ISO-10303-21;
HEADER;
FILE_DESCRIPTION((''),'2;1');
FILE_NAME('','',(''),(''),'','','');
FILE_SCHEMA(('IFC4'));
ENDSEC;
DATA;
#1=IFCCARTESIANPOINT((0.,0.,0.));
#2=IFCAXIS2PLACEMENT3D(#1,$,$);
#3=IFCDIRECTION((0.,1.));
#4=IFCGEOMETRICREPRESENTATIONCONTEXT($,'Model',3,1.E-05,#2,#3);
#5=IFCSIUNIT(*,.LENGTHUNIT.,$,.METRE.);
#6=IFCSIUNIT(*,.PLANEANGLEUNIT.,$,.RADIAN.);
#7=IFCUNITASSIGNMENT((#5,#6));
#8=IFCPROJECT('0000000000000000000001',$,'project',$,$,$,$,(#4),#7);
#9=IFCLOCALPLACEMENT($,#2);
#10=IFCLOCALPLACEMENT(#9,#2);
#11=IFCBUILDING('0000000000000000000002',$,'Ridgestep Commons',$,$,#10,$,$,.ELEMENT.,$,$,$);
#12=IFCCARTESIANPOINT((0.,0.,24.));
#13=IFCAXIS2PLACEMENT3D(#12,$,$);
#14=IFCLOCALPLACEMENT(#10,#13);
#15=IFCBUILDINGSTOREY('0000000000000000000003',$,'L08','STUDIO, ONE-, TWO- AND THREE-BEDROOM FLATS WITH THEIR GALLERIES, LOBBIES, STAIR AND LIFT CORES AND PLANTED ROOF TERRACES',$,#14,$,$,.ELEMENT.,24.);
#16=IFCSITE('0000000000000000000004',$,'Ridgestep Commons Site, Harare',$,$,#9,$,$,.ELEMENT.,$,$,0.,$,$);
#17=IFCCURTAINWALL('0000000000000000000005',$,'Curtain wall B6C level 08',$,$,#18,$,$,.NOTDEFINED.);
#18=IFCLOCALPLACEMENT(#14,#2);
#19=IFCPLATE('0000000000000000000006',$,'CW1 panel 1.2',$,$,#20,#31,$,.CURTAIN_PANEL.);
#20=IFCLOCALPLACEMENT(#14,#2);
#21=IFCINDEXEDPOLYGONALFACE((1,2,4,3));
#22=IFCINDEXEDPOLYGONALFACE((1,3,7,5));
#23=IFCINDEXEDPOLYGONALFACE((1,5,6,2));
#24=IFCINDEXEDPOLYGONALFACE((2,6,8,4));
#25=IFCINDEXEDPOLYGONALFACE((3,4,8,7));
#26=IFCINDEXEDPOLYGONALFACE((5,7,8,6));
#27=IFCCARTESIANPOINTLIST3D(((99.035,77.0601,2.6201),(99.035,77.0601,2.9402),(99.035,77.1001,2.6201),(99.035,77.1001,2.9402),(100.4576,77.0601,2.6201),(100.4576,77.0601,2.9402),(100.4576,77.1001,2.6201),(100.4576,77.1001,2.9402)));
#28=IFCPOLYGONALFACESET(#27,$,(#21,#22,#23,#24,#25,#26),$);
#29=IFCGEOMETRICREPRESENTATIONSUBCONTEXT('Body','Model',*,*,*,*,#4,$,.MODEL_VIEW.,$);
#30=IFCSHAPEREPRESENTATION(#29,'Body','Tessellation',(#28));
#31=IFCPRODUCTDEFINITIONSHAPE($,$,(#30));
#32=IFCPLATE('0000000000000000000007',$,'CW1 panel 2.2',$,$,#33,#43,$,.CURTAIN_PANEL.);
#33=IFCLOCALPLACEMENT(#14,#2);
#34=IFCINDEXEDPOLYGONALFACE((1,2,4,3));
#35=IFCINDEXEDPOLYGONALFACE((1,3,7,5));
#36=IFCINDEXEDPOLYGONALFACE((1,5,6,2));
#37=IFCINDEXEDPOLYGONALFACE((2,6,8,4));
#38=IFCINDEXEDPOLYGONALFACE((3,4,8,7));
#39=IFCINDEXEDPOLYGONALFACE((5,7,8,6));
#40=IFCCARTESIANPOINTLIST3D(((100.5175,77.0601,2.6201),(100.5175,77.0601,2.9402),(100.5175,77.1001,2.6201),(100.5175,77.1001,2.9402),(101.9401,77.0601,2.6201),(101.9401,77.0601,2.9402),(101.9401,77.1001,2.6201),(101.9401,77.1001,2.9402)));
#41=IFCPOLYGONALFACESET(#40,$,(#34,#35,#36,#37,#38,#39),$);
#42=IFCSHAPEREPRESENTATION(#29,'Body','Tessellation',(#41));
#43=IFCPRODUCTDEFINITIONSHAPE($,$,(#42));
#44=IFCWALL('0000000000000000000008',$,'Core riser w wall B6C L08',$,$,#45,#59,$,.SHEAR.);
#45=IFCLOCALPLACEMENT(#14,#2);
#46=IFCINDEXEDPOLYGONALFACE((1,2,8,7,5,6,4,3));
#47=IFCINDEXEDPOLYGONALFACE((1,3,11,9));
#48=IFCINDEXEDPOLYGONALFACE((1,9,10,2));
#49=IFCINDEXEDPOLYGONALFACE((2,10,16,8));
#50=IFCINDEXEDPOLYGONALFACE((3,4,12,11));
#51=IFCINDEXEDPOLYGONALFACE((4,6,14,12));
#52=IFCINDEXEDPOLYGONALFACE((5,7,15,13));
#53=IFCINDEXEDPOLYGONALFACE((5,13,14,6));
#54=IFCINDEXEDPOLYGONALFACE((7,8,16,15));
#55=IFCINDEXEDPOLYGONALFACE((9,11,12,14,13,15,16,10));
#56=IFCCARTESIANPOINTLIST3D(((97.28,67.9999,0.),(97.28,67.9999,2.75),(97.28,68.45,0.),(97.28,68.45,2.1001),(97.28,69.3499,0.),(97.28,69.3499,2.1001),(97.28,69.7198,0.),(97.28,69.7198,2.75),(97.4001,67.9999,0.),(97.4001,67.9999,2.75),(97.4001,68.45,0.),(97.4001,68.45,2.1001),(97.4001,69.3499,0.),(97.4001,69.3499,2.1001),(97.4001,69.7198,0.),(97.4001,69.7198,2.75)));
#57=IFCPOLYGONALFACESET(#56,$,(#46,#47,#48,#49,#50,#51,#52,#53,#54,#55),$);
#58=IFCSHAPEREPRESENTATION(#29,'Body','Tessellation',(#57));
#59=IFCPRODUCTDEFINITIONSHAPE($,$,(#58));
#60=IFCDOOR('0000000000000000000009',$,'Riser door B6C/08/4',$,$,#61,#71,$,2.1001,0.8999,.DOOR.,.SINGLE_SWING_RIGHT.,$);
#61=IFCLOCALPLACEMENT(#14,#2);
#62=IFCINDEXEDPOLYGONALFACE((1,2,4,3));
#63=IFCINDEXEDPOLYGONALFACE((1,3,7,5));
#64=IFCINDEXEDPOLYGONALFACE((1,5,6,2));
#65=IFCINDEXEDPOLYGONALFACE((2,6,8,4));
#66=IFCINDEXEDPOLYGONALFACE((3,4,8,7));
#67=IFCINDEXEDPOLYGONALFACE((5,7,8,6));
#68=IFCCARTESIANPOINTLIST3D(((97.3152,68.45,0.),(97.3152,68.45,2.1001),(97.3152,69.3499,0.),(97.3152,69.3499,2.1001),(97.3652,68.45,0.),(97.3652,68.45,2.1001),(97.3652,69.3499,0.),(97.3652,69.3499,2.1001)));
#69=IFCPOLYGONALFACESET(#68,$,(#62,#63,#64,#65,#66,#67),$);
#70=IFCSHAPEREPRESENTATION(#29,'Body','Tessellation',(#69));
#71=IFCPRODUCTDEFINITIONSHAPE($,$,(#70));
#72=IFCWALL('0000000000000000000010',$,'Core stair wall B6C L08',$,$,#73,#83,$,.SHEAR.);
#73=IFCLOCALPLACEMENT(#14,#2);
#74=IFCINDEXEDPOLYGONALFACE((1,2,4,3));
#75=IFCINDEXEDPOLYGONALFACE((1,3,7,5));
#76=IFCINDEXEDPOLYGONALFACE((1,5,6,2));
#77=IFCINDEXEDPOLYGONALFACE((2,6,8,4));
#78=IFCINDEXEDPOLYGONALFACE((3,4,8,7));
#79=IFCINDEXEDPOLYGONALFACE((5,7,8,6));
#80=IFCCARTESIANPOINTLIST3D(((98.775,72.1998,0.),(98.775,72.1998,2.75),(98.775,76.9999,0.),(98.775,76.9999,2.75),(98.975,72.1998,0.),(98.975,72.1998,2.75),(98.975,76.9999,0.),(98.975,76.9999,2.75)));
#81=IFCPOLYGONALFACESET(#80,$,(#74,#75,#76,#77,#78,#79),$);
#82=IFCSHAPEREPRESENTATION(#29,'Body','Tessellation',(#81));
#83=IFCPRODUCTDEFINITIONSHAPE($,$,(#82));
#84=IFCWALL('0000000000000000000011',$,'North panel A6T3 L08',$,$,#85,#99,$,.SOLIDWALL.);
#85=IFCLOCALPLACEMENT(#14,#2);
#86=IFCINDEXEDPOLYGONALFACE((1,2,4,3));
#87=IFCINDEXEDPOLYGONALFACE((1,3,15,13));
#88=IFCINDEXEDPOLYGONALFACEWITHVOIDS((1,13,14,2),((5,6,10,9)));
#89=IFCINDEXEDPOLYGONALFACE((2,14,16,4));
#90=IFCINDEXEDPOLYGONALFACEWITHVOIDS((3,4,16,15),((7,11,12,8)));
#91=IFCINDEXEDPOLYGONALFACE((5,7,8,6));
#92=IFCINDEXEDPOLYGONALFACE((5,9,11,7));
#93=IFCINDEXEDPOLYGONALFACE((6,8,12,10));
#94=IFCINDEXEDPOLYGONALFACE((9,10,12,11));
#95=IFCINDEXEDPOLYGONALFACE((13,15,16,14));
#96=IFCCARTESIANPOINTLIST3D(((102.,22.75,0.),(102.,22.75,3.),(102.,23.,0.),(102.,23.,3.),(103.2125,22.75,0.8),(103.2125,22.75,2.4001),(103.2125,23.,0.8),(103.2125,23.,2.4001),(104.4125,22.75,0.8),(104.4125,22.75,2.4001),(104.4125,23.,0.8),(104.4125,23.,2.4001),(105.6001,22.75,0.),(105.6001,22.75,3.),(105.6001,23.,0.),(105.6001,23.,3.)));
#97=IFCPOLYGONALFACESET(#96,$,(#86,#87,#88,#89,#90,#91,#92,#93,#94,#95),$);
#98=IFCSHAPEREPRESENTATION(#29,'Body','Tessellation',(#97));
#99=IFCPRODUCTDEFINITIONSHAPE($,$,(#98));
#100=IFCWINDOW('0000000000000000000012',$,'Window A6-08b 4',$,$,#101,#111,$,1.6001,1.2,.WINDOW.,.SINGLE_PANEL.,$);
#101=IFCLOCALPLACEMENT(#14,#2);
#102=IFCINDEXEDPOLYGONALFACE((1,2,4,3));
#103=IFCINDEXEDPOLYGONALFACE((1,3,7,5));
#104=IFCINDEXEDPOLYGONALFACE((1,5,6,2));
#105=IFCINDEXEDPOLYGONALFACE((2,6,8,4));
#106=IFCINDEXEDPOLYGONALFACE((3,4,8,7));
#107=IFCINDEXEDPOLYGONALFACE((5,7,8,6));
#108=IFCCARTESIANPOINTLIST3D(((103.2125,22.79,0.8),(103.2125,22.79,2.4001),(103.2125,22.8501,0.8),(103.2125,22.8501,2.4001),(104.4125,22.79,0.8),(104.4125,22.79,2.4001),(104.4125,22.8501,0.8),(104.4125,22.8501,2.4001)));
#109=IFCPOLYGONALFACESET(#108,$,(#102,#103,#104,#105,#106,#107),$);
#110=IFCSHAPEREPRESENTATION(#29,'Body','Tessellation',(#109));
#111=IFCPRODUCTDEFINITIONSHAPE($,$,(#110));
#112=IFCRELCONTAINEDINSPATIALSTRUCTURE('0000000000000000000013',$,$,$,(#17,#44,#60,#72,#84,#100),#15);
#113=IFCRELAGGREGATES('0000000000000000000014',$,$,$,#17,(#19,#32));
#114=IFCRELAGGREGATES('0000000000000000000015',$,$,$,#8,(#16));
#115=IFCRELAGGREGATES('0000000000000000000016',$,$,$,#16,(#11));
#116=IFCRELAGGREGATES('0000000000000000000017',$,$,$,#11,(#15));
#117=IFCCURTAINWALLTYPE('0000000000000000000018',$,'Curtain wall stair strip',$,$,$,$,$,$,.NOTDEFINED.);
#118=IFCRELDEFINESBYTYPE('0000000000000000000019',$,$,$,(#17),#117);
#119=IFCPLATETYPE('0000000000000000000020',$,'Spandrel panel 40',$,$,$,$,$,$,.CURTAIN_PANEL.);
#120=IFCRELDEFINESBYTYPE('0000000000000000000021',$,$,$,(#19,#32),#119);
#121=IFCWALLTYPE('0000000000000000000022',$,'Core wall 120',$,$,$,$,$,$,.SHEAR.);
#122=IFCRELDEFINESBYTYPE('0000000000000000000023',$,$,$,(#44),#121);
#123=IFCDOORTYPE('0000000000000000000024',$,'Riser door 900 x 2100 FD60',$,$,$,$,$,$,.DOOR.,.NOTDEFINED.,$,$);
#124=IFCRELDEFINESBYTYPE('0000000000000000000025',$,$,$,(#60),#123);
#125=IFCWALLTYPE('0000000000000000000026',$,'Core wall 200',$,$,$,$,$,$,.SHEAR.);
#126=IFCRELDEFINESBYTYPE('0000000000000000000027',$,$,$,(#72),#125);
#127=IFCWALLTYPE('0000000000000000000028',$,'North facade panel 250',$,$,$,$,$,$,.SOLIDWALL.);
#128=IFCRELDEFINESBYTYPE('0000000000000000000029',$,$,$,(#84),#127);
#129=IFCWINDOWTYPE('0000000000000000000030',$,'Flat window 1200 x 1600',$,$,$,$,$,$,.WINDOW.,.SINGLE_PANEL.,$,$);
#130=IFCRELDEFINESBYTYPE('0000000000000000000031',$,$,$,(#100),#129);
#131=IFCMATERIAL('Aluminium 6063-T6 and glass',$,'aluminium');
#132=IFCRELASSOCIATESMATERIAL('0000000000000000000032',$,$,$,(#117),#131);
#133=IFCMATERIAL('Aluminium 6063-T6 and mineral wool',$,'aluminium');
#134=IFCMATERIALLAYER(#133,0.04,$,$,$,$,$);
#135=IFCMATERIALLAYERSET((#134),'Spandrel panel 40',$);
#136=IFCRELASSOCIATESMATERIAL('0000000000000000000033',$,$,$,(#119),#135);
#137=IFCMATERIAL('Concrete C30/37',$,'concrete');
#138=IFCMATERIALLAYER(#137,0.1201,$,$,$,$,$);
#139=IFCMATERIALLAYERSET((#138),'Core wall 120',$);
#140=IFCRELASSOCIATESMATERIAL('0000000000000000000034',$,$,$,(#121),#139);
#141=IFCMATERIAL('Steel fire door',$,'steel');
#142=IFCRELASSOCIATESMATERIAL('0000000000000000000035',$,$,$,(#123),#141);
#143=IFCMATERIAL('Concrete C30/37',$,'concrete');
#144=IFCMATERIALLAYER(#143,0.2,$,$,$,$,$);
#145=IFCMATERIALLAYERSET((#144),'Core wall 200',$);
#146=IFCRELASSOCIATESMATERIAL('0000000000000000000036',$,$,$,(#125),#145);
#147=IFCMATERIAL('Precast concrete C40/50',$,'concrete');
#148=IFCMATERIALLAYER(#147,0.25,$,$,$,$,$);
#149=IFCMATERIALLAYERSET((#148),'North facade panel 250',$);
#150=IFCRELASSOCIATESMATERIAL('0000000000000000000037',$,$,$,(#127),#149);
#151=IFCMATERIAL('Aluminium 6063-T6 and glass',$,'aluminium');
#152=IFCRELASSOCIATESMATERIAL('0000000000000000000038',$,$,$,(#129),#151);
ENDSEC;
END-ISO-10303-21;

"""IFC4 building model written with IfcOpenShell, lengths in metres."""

from ifc_helpers import new_model, si_unit, direction, frame, frame_2d, origin, origin_2d, place, context, subcontext, project, spatial, rectangle, extrude, material, layer, layer_set, type_object, element, fill, aggregate, save


model = new_model("IFC4")

# Units and contexts
model_context = context("Model", 3, precision=1e-05, world=origin(), true_north=direction((0.0, 1.0)))
body_context = subcontext(model_context, "Body", "Model", "MODEL_VIEW")
ifc_project = project(units=[si_unit("LENGTHUNIT", "METRE"), si_unit("PLANEANGLEUNIT", "RADIAN")], contexts=[model_context])

# Site, building, storey
site_placement = place(None, origin())
site = spatial("IfcSite", under=ifc_project, at=site_placement, Name="Ridgestep Commons Site, Harare", CompositionType="ELEMENT", RefElevation=0.0)
building_placement = place(site_placement, origin())
building = spatial("IfcBuilding", under=site, at=building_placement, Name="Ridgestep Commons", CompositionType="ELEMENT")
storey_placement = place(building_placement, frame((0.0, 0.0, 24.0)))
storey = spatial("IfcBuildingStorey", under=building, at=storey_placement, Name="L08", Description="STUDIO, ONE-, TWO- AND THREE-BEDROOM FLATS WITH THEIR GALLERIES, LOBBIES, STAIR AND LIFT CORES AND PLANTED ROOF TERRACES", CompositionType="ELEMENT", Elevation=24.0)

# Curtain wall, plates
ifc_material_1 = material(Name="Aluminium 6063-T6 and glass", Category="aluminium")
curtain_wall_type = type_object("IfcCurtainWallType", Name="Curtain wall stair strip", PredefinedType="NOTDEFINED", material=ifc_material_1)
curtain_wall_placement = place(storey_placement, origin())
curtain_wall = element("IfcCurtainWall", 1, at=curtain_wall_placement, inside=storey, type_object=curtain_wall_type, Name="Curtain wall B6C level 08", PredefinedType="NOTDEFINED")
ifc_material_2 = material(Name="Aluminium 6063-T6 and mineral wool", Category="aluminium")
ifc_layer_1 = layer(ifc_material_2, 0.04)
ifc_layer_set_1 = layer_set([ifc_layer_1], Name="Spandrel panel 40")
plate_type_1 = type_object("IfcPlateType", Name="Spandrel panel 40", PredefinedType="CURTAIN_PANEL", material=ifc_layer_set_1)
plate_1_placement = place(storey_placement, frame((99.7463, 77.0801, 2.6201), z_axis=(0.0, 0.0, 1.0), x_axis=(1.0, 0.0, 0.0)))
plate_1 = element("IfcPlate", 2, at=plate_1_placement, type_object=plate_type_1, Name="CW1 panel 1.2", PredefinedType="CURTAIN_PANEL", context=body_context, shape_type="SweptSolid", body=[
    extrude(rectangle(XDim=1.4226, YDim=0.04, at=origin_2d()), origin(), (0.0, 0.0, 1.0), 0.3201),
])
plate_2_placement = place(storey_placement, frame((101.2288, 77.0801, 2.6201), z_axis=(0.0, 0.0, 1.0), x_axis=(1.0, 0.0, 0.0)))
plate_2 = element("IfcPlate", 3, at=plate_2_placement, type_object=plate_type_1, Name="CW1 panel 2.2", PredefinedType="CURTAIN_PANEL", context=body_context, shape_type="SweptSolid", body=[
    extrude(rectangle(XDim=1.4226, YDim=0.04, at=origin_2d()), origin(), (0.0, 0.0, 1.0), 0.3201),
])
aggregate(curtain_wall, [plate_1, plate_2])

# Wall, opening, door
ifc_material_3 = material(Name="Concrete C30/37", Category="concrete")
ifc_layer_2 = layer(ifc_material_3, 0.1201)
ifc_layer_set_2 = layer_set([ifc_layer_2], Name="Core wall 120")
wall_type_1 = type_object("IfcWallType", Name="Core wall 120", PredefinedType="SHEAR", material=ifc_layer_set_2)
wall_1_placement = place(storey_placement, frame((97.3401, 68.0, 0.0), z_axis=(0.0, 0.0, 1.0), x_axis=(0.0, 1.0, 0.0)))
wall_1 = element("IfcWall", 4, at=wall_1_placement, inside=storey, type_object=wall_type_1, Name="Core riser w wall B6C L08", PredefinedType="SHEAR", context=body_context, shape_type="SweptSolid", body=[
    extrude(rectangle(XDim=1.72, YDim=0.1201, at=frame_2d((0.8599, 0.0))), origin(), (0.0, 0.0, 1.0), 2.75),
])
opening_1_placement = place(wall_1_placement, frame((0.45, 0.0, 0.0)))
opening_1 = element("IfcOpeningElement", 5, at=opening_1_placement, cuts=wall_1, PredefinedType="OPENING", context=body_context, shape_type="SweptSolid", body=[
    extrude(rectangle(XDim=0.8999, YDim=2.1001, at=frame_2d((0.45, 1.05))), frame((0.0, 0.0701, 0.0), z_axis=(0.0, -1.0, 0.0), x_axis=(1.0, 0.0, 0.0)), (0.0, 0.0, 1.0), 0.1401),
])
ifc_material_4 = material(Name="Steel fire door", Category="steel")
door_type = type_object("IfcDoorType", Name="Riser door 900 x 2100 FD60", OperationType="NOTDEFINED", PredefinedType="DOOR", material=ifc_material_4)
door_placement = place(opening_1_placement, origin())
door = element("IfcDoor", 6, at=door_placement, inside=storey, type_object=door_type, Name="Riser door B6C/08/4", OperationType="SINGLE_SWING_RIGHT", OverallHeight=2.1001, OverallWidth=0.8999, PredefinedType="DOOR", context=body_context, shape_type="SweptSolid", body=[
    extrude(rectangle(XDim=0.8999, YDim=2.1001, at=frame_2d((0.45, 1.05))), frame((0.0, 0.0249, 0.0), z_axis=(0.0, -1.0, 0.0), x_axis=(1.0, 0.0, 0.0)), (0.0, 0.0, 1.0), 0.05),
])
fill(opening_1, door)

# Wall
ifc_material_5 = material(Name="Concrete C30/37", Category="concrete")
ifc_layer_3 = layer(ifc_material_5, 0.2)
ifc_layer_set_3 = layer_set([ifc_layer_3], Name="Core wall 200")
wall_type_2 = type_object("IfcWallType", Name="Core wall 200", PredefinedType="SHEAR", material=ifc_layer_set_3)
wall_2_placement = place(storey_placement, frame((98.875, 72.2, 0.0), z_axis=(0.0, 0.0, 1.0), x_axis=(0.0, 1.0, 0.0)))
element("IfcWall", 7, at=wall_2_placement, inside=storey, type_object=wall_type_2, Name="Core stair wall B6C L08", PredefinedType="SHEAR", context=body_context, shape_type="SweptSolid", body=[
    extrude(rectangle(XDim=4.8, YDim=0.2, at=frame_2d((2.3999, 0.0))), origin(), (0.0, 0.0, 1.0), 2.75),
])

# Wall, opening, window
ifc_material_6 = material(Name="Precast concrete C40/50", Category="concrete")
ifc_layer_4 = layer(ifc_material_6, 0.25)
ifc_layer_set_4 = layer_set([ifc_layer_4], Name="North facade panel 250")
wall_type_3 = type_object("IfcWallType", Name="North facade panel 250", PredefinedType="SOLIDWALL", material=ifc_layer_set_4)
wall_3_placement = place(storey_placement, frame((102.0, 22.875, 0.0), z_axis=(0.0, 0.0, 1.0), x_axis=(1.0, 0.0, 0.0)))
wall_3 = element("IfcWall", 8, at=wall_3_placement, inside=storey, type_object=wall_type_3, Name="North panel A6T3 L08", PredefinedType="SOLIDWALL", context=body_context, shape_type="SweptSolid", body=[
    extrude(rectangle(XDim=3.6001, YDim=0.25, at=frame_2d((1.8, 0.0))), origin(), (0.0, 0.0, 1.0), 3.0),
])
opening_2_placement = place(wall_3_placement, frame((1.2124, 0.0, 0.8)))
opening_2 = element("IfcOpeningElement", 9, at=opening_2_placement, cuts=wall_3, PredefinedType="OPENING", context=body_context, shape_type="SweptSolid", body=[
    extrude(rectangle(XDim=1.2, YDim=1.6001, at=frame_2d((0.6001, 0.8))), frame((0.0, 0.135, 0.0), z_axis=(0.0, -1.0, 0.0), x_axis=(1.0, 0.0, 0.0)), (0.0, 0.0, 1.0), 0.27),
])
ifc_material_7 = material(Name="Aluminium 6063-T6 and glass", Category="aluminium")
window_type = type_object("IfcWindowType", Name="Flat window 1200 x 1600", PartitioningType="SINGLE_PANEL", PredefinedType="WINDOW", material=ifc_material_7)
window_placement = place(opening_2_placement, origin())
window = element("IfcWindow", 10, at=window_placement, inside=storey, type_object=window_type, Name="Window A6-08b 4", OverallHeight=1.6001, OverallWidth=1.2, PartitioningType="SINGLE_PANEL", PredefinedType="WINDOW", context=body_context, shape_type="SweptSolid", body=[
    extrude(rectangle(XDim=1.2, YDim=1.6001, at=frame_2d((0.6001, 0.8))), frame((0.0, -0.0249, 0.0), z_axis=(0.0, -1.0, 0.0), x_axis=(1.0, 0.0, 0.0)), (0.0, 0.0, 1.0), 0.0601),
])
fill(opening_2, window)

save(model, "model.ifc")
